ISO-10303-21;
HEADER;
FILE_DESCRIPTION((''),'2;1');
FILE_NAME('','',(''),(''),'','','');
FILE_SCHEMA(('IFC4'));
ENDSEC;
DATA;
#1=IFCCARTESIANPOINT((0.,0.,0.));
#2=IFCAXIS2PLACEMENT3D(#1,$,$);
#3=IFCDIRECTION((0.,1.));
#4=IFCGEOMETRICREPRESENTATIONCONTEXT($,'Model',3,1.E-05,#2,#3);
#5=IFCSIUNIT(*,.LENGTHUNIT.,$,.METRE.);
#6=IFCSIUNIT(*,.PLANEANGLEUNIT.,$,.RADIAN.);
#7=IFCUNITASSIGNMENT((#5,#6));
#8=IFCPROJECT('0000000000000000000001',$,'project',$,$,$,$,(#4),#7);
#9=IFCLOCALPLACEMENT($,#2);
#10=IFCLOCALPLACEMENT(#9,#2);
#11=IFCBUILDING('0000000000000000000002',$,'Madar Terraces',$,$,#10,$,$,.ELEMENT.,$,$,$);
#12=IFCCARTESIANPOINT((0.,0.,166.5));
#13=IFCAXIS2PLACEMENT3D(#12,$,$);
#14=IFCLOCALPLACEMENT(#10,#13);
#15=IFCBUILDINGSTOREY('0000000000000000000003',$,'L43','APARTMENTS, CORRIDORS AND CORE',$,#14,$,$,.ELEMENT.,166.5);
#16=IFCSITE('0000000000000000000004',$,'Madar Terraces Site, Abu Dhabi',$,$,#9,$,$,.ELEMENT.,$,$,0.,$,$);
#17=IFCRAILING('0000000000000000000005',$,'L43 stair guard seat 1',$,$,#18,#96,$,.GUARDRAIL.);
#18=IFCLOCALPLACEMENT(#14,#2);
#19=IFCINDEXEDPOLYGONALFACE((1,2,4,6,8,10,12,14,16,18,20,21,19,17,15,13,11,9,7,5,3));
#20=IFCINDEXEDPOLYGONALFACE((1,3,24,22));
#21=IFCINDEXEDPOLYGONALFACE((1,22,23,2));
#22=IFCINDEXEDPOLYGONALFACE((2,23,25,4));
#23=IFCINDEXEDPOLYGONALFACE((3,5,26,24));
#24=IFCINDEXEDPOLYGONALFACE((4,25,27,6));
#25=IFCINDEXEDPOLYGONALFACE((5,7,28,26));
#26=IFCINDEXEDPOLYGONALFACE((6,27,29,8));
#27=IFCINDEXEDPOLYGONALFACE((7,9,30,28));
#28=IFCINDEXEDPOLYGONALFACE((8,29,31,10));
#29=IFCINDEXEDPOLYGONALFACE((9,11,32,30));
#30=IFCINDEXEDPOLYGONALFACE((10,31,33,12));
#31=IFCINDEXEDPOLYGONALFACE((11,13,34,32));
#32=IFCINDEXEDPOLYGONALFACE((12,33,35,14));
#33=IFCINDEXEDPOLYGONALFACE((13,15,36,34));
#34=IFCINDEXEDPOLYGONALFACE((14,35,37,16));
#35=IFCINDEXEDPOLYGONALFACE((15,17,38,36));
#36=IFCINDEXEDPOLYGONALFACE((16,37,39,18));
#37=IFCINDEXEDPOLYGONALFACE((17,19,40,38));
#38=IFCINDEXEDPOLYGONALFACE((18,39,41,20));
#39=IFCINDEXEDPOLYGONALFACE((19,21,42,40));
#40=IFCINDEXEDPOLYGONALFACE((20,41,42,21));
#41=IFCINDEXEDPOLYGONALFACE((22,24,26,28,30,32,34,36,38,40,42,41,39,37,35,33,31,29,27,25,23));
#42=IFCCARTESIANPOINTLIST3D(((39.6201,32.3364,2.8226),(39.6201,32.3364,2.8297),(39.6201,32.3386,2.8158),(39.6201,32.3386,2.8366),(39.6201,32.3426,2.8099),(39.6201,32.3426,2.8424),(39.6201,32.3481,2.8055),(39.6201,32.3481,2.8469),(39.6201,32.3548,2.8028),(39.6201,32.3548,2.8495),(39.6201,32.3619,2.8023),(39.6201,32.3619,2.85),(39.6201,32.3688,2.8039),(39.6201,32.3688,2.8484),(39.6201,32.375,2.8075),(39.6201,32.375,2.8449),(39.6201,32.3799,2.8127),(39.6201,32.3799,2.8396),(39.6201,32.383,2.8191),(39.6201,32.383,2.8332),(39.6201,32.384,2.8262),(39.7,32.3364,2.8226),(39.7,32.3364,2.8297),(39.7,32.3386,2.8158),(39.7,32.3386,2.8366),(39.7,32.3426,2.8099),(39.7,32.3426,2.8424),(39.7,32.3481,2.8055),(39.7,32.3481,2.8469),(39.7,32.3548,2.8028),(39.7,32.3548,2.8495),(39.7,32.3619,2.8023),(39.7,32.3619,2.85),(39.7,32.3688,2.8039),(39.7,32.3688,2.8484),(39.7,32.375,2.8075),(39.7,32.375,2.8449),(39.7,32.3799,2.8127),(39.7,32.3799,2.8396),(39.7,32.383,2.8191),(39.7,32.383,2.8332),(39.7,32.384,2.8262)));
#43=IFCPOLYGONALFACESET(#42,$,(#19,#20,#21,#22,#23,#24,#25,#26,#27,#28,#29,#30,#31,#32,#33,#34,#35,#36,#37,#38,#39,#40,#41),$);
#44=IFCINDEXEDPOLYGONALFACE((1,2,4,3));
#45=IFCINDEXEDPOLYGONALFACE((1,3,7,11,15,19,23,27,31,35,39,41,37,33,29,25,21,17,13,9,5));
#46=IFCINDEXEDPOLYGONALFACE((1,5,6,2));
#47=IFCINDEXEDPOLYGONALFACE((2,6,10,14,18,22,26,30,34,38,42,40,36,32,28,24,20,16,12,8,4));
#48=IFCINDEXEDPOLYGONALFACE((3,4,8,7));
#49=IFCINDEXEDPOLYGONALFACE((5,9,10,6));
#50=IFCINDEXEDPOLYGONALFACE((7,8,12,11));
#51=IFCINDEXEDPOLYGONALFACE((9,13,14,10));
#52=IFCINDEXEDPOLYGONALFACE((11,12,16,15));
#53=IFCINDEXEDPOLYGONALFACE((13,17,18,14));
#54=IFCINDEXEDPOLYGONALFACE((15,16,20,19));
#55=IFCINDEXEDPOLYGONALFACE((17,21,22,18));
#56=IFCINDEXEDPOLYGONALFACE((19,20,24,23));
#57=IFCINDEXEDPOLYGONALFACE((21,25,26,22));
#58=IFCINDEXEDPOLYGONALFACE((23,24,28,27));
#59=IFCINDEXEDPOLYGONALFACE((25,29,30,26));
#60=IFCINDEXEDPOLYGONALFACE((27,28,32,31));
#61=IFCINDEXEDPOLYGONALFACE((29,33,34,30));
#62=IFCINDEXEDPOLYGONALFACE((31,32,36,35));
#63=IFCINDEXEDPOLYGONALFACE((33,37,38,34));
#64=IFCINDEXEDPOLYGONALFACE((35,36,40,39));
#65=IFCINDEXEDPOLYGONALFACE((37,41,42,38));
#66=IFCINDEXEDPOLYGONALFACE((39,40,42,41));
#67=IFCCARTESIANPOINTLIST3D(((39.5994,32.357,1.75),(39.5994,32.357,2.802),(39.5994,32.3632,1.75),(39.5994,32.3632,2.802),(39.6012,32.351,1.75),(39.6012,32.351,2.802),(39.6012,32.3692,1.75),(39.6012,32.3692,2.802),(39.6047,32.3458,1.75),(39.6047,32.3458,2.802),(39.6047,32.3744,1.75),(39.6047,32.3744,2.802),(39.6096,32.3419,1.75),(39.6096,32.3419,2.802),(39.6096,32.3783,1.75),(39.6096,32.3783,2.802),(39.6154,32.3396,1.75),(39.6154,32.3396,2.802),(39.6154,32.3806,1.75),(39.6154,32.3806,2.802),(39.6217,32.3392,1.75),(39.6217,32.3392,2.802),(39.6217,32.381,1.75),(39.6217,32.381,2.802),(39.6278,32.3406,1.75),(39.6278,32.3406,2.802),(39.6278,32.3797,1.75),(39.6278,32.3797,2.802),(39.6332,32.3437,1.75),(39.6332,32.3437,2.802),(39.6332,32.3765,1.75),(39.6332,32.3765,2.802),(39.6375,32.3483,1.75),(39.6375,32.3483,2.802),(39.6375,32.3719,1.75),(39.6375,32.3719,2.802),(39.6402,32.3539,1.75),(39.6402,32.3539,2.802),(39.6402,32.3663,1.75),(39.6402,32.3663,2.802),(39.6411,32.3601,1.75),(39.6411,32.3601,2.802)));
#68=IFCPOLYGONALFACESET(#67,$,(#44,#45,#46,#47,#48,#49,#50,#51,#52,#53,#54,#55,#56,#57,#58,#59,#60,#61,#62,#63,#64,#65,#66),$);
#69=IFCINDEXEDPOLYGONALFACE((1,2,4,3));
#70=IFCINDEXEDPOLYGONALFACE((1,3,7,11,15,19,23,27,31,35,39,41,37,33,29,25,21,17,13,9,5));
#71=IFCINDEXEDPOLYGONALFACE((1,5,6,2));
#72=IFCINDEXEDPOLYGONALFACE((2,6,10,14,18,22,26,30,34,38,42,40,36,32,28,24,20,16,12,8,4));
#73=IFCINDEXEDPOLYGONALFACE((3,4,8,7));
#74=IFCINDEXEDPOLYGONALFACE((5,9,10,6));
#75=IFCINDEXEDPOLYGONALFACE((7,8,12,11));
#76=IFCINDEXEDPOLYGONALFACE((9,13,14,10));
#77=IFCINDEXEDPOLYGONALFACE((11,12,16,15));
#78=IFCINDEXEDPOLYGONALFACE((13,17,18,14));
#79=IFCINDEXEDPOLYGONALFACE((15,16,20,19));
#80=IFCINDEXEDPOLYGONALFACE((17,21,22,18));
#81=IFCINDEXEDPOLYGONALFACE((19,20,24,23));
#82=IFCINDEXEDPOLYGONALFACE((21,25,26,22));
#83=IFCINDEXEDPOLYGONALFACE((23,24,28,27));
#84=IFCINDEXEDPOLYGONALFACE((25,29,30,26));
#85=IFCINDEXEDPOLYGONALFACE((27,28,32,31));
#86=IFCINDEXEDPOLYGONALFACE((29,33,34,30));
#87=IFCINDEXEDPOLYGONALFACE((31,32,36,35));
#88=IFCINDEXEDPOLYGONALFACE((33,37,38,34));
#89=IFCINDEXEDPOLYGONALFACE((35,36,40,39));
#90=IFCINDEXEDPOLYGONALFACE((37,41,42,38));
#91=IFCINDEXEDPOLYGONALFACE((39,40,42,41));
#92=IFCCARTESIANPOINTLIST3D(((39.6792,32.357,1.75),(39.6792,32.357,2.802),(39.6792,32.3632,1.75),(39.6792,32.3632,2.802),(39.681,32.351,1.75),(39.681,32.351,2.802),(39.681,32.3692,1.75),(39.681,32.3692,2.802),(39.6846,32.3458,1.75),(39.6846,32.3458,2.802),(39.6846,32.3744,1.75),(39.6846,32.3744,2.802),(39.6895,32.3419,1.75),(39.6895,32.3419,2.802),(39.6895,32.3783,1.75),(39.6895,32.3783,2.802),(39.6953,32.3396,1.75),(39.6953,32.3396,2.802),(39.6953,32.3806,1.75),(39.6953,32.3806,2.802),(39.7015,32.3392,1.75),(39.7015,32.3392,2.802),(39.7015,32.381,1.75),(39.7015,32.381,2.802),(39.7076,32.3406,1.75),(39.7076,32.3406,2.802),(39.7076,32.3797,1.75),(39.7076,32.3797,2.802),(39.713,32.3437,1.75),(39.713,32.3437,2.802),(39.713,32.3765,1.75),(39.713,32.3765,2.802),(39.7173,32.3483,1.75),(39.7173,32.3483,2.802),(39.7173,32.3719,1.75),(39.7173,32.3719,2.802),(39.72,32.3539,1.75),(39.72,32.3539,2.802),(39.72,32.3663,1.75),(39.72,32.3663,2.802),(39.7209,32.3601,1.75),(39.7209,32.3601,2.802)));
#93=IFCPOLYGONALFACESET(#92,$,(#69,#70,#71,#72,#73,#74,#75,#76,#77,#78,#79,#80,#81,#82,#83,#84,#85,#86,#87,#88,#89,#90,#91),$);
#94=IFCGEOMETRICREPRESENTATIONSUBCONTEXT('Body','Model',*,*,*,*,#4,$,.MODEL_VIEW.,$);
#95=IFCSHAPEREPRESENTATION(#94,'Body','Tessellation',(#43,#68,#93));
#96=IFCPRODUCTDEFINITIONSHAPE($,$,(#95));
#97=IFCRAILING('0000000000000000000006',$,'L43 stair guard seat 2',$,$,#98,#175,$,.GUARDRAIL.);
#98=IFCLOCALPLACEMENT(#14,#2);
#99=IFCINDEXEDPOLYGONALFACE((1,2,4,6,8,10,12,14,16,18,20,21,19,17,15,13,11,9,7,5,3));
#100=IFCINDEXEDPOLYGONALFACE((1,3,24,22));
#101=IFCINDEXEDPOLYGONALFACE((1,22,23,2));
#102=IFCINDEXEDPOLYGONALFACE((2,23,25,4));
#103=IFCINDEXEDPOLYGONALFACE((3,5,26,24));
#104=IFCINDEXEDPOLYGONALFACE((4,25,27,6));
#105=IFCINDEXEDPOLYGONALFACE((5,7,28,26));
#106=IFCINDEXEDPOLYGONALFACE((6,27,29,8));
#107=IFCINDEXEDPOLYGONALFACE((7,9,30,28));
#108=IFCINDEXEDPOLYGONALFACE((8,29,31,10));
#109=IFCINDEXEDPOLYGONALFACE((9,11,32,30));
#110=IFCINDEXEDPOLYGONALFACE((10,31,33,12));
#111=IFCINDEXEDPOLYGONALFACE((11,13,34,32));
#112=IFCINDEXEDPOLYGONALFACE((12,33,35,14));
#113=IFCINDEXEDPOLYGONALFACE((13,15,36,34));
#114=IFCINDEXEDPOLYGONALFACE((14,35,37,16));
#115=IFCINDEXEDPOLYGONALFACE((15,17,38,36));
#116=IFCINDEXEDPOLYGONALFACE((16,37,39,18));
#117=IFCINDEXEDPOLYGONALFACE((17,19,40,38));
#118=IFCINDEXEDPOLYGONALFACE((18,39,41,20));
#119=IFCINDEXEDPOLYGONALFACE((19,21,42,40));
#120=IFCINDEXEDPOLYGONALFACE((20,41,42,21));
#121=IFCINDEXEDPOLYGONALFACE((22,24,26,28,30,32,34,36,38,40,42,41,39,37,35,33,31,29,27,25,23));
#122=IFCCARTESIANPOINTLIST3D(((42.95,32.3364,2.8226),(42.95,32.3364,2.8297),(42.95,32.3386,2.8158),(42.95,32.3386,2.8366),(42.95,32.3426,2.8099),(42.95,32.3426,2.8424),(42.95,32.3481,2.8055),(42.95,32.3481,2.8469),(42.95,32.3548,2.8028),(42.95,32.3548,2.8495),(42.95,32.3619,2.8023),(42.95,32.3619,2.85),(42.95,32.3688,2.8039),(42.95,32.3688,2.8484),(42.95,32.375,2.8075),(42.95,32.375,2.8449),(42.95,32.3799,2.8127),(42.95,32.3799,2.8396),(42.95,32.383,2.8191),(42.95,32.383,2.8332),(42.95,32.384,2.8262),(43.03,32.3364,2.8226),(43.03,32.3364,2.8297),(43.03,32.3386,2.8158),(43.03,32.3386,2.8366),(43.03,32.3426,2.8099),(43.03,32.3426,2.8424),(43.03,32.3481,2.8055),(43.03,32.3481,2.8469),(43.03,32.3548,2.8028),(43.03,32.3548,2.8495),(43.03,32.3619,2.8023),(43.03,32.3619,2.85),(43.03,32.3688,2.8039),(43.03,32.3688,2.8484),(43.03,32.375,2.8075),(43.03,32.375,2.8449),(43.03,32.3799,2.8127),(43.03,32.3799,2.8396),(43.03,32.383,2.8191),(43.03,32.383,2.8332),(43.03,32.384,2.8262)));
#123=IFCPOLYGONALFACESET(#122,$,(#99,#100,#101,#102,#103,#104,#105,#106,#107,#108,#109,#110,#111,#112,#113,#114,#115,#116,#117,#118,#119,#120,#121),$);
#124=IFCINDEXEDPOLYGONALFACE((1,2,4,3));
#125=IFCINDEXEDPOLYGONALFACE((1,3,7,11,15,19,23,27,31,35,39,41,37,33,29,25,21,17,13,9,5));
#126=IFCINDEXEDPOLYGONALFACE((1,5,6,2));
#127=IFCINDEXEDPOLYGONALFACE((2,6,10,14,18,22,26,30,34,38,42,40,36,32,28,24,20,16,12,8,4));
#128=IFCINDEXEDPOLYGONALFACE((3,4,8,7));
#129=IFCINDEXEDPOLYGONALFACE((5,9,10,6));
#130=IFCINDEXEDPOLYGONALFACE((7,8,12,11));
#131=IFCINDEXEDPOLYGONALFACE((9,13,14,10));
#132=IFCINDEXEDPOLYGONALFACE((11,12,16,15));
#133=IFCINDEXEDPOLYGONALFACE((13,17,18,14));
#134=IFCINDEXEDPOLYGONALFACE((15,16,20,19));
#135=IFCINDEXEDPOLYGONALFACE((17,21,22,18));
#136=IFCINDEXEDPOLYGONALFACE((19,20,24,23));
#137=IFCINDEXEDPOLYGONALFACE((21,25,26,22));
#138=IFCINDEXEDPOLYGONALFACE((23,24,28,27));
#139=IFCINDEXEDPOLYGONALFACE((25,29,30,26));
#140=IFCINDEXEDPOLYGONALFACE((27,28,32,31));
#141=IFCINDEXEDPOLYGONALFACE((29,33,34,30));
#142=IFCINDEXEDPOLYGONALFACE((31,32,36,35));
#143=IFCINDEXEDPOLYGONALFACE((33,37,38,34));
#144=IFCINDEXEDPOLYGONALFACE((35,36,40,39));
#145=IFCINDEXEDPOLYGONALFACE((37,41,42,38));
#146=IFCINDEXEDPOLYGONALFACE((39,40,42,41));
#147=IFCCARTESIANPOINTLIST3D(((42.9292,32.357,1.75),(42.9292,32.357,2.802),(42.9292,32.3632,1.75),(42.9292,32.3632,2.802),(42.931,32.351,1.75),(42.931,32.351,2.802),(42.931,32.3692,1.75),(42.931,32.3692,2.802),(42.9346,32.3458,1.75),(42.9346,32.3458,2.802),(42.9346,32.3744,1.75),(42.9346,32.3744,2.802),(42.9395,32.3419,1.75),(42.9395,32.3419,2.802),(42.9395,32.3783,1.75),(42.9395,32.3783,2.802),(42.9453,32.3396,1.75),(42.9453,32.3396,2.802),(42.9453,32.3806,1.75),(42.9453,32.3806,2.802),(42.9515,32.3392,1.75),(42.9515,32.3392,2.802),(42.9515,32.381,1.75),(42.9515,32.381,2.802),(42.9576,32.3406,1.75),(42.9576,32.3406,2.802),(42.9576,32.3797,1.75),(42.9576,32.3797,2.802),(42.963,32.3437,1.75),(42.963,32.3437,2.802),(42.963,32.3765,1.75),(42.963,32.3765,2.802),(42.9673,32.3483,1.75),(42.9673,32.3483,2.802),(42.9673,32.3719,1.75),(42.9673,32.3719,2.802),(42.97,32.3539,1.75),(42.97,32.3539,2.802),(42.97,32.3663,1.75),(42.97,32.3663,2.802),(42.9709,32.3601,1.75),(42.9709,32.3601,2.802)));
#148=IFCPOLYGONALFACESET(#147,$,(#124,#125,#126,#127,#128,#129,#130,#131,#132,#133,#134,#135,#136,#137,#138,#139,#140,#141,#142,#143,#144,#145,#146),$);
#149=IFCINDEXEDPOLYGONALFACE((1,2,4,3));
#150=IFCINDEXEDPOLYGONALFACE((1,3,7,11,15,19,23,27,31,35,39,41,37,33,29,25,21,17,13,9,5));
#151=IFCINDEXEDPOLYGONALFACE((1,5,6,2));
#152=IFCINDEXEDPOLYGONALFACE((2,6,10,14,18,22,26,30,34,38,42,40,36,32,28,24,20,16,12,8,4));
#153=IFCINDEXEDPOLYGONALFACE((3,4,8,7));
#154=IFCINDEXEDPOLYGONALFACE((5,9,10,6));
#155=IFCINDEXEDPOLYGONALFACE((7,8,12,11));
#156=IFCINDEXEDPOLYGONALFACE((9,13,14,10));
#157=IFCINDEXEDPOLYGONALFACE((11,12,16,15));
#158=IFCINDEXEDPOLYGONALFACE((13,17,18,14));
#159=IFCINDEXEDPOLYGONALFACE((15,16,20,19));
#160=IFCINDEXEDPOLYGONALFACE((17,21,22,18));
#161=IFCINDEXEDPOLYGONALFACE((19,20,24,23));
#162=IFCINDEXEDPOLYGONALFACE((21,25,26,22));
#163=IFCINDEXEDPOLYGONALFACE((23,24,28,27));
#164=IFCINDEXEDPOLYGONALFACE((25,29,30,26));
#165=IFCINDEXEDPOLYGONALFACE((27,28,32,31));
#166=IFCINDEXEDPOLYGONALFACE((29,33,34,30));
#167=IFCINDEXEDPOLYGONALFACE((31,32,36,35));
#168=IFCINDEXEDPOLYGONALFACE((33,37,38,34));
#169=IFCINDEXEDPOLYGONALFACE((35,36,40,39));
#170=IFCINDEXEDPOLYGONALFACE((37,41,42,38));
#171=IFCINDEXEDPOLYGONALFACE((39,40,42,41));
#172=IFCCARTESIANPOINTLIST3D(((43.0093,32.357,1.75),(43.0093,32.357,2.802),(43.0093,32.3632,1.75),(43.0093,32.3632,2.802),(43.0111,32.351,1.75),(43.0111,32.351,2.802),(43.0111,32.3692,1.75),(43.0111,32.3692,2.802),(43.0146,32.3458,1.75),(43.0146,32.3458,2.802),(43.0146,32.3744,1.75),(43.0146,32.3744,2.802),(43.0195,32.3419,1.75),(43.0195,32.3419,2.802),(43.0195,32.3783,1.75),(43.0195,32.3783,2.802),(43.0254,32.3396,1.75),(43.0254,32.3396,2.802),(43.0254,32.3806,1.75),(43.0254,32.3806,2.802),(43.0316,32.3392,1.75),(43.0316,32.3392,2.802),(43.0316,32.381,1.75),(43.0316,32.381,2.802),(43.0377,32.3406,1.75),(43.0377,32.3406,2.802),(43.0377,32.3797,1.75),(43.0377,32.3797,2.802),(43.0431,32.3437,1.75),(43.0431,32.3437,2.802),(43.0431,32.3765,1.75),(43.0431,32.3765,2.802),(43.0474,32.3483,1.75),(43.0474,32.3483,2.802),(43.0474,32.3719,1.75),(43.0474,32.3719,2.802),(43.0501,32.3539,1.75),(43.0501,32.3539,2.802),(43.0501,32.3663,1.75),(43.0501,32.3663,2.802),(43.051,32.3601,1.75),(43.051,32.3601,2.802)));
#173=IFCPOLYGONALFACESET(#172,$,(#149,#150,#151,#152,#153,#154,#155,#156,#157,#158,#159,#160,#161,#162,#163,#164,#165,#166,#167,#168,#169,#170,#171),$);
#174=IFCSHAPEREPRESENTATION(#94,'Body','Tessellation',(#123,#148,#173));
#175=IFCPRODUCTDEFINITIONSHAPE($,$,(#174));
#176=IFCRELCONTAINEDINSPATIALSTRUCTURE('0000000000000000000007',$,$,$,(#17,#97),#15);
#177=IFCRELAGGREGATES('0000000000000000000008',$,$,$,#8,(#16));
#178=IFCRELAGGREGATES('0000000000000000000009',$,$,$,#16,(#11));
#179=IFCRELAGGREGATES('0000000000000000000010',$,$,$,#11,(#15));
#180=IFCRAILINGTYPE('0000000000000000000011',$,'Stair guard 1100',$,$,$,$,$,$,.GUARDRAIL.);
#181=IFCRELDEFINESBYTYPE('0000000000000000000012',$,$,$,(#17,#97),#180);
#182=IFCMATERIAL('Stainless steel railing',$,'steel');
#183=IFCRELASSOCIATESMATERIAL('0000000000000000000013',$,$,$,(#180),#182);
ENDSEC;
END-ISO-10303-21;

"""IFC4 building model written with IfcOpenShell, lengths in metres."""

from ifc_helpers import new_model, si_unit, direction, frame, origin, origin_2d, place, context, subcontext, project, spatial, circle, extrude, material, type_object, element, save


model = new_model("IFC4")

# Units and contexts
model_context = context("Model", 3, precision=1e-05, world=origin(), true_north=direction((0.0, 1.0)))
body_context = subcontext(model_context, "Body", "Model", "MODEL_VIEW")
ifc_project = project(units=[si_unit("LENGTHUNIT", "METRE"), si_unit("PLANEANGLEUNIT", "RADIAN")], contexts=[model_context])

# Site, building, storey
site_placement = place(None, origin())
site = spatial("IfcSite", under=ifc_project, at=site_placement, Name="Madar Terraces Site, Abu Dhabi", CompositionType="ELEMENT", RefElevation=0.0)
building_placement = place(site_placement, origin())
building = spatial("IfcBuilding", under=site, at=building_placement, Name="Madar Terraces", CompositionType="ELEMENT")
storey_placement = place(building_placement, frame((0.0, 0.0, 166.5)))
storey = spatial("IfcBuildingStorey", under=building, at=storey_placement, Name="L43", Description="APARTMENTS, CORRIDORS AND CORE", CompositionType="ELEMENT", Elevation=166.5)

# Railings
ifc_material_1 = material(Name="Stainless steel railing", Category="steel")
railing_type_1 = type_object("IfcRailingType", Name="Stair guard 1100", PredefinedType="GUARDRAIL", material=ifc_material_1)
railing_1_placement = place(storey_placement, frame((39.6201, 32.3601, 1.75)))
element("IfcRailing", 1, at=railing_1_placement, inside=storey, type_object=railing_type_1, Name="L43 stair guard seat 1", PredefinedType="GUARDRAIL", context=body_context, shape_type="SweptSolid", body=[
    extrude(circle(Radius=0.0239, at=origin_2d()), frame((0.0, 0.0, 1.0762), z_axis=(1.0, 0.0, 0.0), x_axis=(0.0, 1.0, 0.0)), (0.0, 0.0, 1.0), 0.0798),
    extrude(circle(Radius=0.021, at=origin_2d()), origin(), (0.0, 0.0, 1.0), 1.052),
    extrude(circle(Radius=0.021, at=origin_2d()), frame((0.0798, 0.0, 0.0)), (0.0, 0.0, 1.0), 1.052),
])
railing_2_placement = place(storey_placement, frame((42.95, 32.3601, 1.75)))
element("IfcRailing", 2, at=railing_2_placement, inside=storey, type_object=railing_type_1, Name="L43 stair guard seat 2", PredefinedType="GUARDRAIL", context=body_context, shape_type="SweptSolid", body=[
    extrude(circle(Radius=0.0239, at=origin_2d()), frame((0.0, 0.0, 1.0762), z_axis=(1.0, 0.0, 0.0), x_axis=(0.0, 1.0, 0.0)), (0.0, 0.0, 1.0), 0.0801),
    extrude(circle(Radius=0.021, at=origin_2d()), origin(), (0.0, 0.0, 1.0), 1.052),
    extrude(circle(Radius=0.021, at=origin_2d()), frame((0.0801, 0.0, 0.0)), (0.0, 0.0, 1.0), 1.052),
])

save(model, "model.ifc")
